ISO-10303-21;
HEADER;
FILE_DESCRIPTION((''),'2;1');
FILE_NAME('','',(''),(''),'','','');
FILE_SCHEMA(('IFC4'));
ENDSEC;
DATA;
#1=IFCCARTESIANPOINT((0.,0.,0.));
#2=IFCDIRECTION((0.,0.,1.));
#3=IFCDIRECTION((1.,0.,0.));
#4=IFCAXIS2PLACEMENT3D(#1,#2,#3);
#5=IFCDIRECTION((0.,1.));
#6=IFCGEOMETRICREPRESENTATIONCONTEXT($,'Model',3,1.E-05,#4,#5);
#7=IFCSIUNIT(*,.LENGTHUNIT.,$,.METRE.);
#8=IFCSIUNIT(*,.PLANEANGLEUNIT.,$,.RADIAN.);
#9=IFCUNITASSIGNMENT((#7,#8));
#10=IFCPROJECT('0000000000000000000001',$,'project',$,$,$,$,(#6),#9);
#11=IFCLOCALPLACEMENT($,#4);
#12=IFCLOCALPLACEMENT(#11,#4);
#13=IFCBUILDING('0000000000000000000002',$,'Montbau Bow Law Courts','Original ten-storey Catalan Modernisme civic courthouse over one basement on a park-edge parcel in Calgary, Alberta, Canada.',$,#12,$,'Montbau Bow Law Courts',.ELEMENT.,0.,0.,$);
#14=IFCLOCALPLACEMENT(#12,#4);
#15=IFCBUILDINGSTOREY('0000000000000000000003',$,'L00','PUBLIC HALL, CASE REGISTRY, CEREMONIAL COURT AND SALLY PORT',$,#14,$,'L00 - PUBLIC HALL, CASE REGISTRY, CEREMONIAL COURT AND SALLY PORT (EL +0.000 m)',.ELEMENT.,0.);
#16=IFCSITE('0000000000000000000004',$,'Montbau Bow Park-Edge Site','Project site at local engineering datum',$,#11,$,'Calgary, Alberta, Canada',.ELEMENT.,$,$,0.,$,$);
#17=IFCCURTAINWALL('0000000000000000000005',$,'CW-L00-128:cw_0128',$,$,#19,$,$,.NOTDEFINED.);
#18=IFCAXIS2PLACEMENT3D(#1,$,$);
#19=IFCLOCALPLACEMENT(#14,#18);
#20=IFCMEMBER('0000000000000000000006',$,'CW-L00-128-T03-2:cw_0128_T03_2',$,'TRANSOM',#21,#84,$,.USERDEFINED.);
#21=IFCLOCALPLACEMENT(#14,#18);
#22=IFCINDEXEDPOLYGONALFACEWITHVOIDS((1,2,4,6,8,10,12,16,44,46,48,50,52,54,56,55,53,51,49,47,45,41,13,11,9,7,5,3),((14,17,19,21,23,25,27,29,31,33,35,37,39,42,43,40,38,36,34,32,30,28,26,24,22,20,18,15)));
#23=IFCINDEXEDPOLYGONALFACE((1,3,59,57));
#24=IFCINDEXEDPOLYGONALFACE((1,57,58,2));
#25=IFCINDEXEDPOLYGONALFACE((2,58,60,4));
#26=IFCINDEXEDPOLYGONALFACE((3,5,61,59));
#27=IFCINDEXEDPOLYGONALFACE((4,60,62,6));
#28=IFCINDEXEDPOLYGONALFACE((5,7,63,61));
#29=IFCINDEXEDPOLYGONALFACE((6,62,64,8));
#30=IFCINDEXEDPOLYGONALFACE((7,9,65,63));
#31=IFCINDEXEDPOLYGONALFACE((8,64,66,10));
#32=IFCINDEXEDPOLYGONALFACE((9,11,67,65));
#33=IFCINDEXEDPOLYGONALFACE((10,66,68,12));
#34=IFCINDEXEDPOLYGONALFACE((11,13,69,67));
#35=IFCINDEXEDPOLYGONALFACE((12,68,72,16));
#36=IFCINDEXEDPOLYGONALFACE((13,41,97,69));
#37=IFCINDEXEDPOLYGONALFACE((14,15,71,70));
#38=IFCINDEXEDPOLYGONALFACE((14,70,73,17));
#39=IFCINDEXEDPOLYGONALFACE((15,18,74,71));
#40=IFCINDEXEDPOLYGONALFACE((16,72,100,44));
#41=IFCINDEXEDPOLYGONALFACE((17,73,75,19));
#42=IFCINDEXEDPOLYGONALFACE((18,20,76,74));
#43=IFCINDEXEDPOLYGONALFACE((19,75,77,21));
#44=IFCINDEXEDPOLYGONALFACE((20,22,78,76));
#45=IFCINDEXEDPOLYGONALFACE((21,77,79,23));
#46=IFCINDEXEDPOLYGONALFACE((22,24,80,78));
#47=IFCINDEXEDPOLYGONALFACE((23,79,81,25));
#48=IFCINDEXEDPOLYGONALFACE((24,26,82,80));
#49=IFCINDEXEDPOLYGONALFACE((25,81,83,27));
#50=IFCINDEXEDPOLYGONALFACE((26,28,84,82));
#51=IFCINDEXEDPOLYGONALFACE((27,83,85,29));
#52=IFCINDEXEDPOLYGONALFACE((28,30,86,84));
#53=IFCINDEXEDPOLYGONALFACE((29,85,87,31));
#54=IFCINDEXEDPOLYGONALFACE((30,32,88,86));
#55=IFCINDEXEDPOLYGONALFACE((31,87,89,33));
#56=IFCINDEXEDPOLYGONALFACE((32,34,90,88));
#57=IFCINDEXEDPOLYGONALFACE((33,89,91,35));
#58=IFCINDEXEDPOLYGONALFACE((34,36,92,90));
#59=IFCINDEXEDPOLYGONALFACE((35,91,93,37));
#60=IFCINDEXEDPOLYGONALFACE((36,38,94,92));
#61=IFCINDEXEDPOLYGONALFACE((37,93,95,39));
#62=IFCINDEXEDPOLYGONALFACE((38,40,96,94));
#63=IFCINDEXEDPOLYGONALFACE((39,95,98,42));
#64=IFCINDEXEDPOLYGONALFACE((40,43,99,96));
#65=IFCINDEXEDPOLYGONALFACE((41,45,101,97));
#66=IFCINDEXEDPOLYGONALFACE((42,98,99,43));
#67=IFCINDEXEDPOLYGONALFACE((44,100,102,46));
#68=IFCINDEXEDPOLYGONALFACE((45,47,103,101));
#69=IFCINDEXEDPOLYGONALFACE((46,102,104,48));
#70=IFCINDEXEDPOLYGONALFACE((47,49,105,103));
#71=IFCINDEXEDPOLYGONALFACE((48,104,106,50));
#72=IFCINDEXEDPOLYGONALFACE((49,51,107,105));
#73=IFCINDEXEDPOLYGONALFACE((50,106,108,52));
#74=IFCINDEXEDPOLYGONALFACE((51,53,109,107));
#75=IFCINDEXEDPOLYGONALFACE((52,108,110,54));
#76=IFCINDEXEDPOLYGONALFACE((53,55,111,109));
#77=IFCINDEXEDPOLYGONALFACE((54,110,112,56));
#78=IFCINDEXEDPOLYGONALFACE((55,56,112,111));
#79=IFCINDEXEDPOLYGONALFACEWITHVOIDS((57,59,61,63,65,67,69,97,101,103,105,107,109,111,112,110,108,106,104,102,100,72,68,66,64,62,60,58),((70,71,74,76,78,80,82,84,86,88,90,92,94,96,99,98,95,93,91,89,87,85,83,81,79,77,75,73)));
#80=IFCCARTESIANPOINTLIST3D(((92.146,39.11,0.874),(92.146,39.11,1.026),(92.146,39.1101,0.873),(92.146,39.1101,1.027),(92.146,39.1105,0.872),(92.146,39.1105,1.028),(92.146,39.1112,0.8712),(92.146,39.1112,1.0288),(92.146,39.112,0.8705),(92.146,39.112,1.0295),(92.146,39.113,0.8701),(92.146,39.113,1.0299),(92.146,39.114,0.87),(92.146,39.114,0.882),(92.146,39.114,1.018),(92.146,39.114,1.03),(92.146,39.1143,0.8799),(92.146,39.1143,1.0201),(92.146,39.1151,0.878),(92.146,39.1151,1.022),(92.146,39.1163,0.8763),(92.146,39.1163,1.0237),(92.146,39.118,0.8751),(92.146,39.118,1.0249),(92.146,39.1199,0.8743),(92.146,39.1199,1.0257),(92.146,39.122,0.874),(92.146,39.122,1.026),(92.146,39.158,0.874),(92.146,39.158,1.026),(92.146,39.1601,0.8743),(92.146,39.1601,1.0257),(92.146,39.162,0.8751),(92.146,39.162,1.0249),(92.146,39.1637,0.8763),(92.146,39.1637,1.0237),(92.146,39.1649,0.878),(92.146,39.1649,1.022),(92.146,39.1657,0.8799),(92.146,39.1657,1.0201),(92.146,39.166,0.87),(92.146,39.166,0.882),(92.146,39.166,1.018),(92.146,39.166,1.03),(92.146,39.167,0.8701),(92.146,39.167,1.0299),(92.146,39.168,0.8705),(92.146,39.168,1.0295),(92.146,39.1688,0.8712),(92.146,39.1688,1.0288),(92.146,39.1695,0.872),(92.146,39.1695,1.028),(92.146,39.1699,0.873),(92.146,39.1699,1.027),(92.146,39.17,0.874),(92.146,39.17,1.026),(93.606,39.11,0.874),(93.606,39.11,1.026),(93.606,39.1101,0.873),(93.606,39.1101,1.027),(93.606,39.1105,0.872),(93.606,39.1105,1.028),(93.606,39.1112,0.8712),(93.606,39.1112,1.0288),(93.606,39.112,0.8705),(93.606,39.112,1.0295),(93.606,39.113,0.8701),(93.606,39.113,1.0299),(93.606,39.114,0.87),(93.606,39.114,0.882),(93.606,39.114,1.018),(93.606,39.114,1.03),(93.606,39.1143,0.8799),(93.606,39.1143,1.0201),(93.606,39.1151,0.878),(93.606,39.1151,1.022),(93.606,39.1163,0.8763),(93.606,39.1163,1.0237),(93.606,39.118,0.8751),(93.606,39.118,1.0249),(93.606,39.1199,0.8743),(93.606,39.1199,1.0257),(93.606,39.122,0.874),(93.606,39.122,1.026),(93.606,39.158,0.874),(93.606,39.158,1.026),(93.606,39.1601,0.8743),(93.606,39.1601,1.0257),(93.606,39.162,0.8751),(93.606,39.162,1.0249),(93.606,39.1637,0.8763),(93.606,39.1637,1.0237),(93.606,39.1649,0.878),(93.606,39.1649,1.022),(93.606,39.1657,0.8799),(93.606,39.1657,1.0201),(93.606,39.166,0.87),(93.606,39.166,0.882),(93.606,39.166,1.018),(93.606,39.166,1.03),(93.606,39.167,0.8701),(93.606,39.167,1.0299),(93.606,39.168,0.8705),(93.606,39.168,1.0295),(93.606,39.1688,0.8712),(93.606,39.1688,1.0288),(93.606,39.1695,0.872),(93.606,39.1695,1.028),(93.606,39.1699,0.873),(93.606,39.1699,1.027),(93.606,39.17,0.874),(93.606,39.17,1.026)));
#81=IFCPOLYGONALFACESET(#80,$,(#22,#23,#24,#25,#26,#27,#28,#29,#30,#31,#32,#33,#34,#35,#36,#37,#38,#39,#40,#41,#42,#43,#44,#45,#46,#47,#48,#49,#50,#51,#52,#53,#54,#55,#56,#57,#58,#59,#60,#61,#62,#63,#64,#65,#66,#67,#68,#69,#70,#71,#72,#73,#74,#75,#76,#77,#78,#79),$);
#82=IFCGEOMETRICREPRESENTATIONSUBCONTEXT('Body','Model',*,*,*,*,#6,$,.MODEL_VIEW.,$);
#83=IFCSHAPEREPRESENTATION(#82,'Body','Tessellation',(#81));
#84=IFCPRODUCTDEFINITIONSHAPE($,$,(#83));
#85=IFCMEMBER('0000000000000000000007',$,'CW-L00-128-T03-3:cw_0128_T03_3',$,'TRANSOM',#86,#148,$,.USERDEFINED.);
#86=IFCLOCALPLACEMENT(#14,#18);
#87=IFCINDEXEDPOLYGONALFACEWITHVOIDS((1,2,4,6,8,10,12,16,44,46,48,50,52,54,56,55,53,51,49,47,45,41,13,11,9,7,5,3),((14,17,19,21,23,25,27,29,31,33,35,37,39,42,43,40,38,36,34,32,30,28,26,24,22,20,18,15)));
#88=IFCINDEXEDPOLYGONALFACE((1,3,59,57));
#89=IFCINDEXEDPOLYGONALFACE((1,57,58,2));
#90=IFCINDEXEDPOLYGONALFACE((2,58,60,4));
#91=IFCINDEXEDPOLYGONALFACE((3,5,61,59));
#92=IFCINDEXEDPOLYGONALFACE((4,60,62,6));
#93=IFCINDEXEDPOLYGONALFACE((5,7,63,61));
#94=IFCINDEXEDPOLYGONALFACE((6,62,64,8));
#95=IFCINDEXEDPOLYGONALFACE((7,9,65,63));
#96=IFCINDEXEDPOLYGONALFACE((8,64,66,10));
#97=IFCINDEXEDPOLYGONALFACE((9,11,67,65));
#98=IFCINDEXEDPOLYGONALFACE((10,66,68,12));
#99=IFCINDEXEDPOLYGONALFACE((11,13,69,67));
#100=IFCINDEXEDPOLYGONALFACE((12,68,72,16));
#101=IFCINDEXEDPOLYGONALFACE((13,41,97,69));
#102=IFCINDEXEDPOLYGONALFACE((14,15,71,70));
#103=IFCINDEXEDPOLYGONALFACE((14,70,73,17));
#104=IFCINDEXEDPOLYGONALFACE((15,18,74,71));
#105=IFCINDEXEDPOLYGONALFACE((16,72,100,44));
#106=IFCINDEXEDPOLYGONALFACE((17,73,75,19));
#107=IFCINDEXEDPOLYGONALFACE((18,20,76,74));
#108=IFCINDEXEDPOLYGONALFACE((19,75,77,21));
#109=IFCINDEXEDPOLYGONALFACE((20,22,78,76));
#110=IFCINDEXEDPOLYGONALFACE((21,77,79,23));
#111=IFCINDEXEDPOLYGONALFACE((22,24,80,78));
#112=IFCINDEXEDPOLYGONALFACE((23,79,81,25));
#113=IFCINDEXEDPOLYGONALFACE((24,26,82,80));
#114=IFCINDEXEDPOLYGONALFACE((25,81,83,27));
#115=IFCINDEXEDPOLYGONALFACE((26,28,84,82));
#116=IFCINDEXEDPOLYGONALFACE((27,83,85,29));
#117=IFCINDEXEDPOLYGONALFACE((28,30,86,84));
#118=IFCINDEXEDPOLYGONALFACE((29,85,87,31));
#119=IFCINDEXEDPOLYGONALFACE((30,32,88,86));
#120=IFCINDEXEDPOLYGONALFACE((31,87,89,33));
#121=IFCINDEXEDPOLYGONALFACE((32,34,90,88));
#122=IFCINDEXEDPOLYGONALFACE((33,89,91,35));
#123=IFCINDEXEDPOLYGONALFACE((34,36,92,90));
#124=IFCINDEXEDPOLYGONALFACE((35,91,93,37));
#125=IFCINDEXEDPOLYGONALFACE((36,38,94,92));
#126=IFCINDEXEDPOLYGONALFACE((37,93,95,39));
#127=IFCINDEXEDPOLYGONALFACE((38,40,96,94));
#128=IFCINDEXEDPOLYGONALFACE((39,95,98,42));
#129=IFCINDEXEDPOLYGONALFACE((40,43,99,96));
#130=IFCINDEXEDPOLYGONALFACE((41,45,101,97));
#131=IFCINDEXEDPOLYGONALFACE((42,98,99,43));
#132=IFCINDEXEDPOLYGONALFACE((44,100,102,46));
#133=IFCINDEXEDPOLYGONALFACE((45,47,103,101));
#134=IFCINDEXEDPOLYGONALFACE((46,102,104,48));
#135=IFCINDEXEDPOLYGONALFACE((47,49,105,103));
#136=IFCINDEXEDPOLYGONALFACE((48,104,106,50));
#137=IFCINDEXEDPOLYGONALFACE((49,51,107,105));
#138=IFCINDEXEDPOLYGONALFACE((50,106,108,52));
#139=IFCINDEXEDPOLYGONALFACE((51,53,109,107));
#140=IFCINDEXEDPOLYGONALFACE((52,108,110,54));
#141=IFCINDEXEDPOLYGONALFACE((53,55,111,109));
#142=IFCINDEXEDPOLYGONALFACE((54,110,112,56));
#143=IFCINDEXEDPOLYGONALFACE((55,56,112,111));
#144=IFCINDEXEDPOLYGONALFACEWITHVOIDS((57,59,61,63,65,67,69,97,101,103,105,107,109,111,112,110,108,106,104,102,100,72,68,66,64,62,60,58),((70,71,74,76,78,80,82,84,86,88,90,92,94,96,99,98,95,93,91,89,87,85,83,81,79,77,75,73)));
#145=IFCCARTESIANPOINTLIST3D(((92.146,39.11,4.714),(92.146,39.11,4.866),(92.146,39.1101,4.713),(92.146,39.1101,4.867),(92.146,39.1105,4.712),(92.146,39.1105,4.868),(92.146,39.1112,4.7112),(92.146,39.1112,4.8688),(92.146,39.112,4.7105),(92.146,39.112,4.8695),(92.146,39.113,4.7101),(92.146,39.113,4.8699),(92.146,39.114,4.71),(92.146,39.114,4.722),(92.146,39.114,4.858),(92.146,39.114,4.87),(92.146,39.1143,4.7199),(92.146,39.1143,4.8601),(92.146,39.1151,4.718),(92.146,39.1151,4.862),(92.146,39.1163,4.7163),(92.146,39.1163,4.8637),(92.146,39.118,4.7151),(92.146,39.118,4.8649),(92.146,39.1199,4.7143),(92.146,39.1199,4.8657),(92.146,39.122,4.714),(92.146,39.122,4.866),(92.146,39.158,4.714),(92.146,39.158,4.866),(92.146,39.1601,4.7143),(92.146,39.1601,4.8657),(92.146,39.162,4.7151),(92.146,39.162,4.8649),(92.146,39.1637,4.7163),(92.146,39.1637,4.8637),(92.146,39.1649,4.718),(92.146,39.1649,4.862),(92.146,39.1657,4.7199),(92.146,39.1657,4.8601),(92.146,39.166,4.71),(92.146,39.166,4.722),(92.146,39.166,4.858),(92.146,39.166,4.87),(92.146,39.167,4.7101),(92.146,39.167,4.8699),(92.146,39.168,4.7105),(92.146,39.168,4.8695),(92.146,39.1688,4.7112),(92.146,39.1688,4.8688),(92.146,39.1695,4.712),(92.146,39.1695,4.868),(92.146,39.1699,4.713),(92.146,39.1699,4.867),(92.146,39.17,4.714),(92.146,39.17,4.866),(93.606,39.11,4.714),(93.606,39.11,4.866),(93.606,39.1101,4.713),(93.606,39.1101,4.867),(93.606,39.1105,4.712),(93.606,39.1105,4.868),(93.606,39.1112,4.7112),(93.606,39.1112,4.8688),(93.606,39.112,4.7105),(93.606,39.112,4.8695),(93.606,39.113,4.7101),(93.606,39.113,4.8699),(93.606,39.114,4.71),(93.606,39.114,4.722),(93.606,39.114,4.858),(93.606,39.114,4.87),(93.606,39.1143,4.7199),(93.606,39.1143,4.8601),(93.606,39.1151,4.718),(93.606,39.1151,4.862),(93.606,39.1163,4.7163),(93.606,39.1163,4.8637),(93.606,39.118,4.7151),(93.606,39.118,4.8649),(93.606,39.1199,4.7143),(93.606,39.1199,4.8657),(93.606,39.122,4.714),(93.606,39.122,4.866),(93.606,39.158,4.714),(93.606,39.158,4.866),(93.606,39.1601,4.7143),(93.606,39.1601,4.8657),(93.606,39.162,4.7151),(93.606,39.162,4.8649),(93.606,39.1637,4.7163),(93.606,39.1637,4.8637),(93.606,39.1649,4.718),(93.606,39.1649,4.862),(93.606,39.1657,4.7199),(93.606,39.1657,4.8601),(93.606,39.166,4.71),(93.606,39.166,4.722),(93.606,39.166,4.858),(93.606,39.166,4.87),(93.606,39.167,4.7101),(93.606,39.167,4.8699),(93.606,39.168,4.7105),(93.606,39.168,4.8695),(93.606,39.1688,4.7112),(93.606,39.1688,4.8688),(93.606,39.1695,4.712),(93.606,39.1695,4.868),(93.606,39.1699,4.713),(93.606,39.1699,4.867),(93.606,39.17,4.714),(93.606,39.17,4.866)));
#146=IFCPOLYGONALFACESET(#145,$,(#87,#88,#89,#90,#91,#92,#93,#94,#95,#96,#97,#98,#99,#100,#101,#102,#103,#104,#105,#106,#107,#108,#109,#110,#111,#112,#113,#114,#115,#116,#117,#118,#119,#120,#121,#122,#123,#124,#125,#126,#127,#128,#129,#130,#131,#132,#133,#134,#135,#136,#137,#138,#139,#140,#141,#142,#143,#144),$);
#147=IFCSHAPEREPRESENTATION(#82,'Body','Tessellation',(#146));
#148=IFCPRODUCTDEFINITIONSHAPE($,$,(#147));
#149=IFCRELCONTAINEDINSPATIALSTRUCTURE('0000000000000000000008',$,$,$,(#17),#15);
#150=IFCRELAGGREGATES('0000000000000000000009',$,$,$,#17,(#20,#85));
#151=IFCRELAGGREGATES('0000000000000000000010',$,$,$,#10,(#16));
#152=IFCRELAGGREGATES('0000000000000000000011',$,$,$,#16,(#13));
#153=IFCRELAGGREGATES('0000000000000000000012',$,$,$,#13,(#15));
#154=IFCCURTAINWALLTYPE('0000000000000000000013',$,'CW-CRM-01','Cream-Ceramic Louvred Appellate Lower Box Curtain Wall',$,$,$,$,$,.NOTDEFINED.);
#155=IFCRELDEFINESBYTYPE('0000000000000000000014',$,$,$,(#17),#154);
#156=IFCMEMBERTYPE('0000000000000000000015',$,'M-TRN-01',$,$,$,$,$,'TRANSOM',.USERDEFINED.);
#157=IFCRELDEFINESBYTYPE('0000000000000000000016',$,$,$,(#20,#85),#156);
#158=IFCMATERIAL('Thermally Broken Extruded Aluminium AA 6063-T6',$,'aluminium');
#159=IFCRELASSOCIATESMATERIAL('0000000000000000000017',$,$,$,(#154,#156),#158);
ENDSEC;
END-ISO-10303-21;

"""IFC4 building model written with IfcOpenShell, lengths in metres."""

from ifc_helpers import new_model, si_unit, direction, frame, origin_with_axes, origin_2d_with_axis, place, context, subcontext, project, spatial, hollow_rectangle, extrude, material, material_profile, profile_set, type_object, element, aggregate, save


model = new_model("IFC4")

# Units and contexts
model_context = context("Model", 3, precision=1e-05, world=origin_with_axes(), true_north=direction((0.0, 1.0)))
body_context = subcontext(model_context, "Body", "Model", "MODEL_VIEW")
ifc_project = project(units=[si_unit("LENGTHUNIT", "METRE"), si_unit("PLANEANGLEUNIT", "RADIAN")], contexts=[model_context])

# Site, building, storey
site_placement = place(None, origin_with_axes())
site = spatial("IfcSite", under=ifc_project, at=site_placement, Name="Montbau Bow Park-Edge Site", Description="Project site at local engineering datum", LongName="Calgary, Alberta, Canada", CompositionType="ELEMENT", RefElevation=0.0)
building_placement = place(site_placement, origin_with_axes())
building = spatial("IfcBuilding", under=site, at=building_placement, Name="Montbau Bow Law Courts", Description="Original ten-storey Catalan Modernisme civic courthouse over one basement on a park-edge parcel in Calgary, Alberta, Canada.", LongName="Montbau Bow Law Courts", CompositionType="ELEMENT", ElevationOfRefHeight=0.0, ElevationOfTerrain=0.0)
storey_placement = place(building_placement, origin_with_axes())
storey = spatial("IfcBuildingStorey", under=building, at=storey_placement, Name="L00", Description="PUBLIC HALL, CASE REGISTRY, CEREMONIAL COURT AND SALLY PORT", LongName="L00 - PUBLIC HALL, CASE REGISTRY, CEREMONIAL COURT AND SALLY PORT (EL +0.000 m)", CompositionType="ELEMENT", Elevation=0.0)

# Curtain wall, members
ifc_material_1 = material(Name="Thermally Broken Extruded Aluminium AA 6063-T6", Category="aluminium")
curtain_wall_type = type_object("IfcCurtainWallType", Name="CW-CRM-01", Description="Cream-Ceramic Louvred Appellate Lower Box Curtain Wall", PredefinedType="NOTDEFINED", material=ifc_material_1)
curtain_wall_placement = place(None, frame((89.067, 39.14, 0.0), z_axis=(0.0, 0.0, 1.0), x_axis=(1.0, 0.0, 0.0)))
curtain_wall = element("IfcCurtainWall", 1, at=curtain_wall_placement, inside=storey, type_object=curtain_wall_type, Name="CW-L00-128:cw_0128", PredefinedType="NOTDEFINED")
ifc_material_profile_1 = material_profile(ifc_material_1, hollow_rectangle(XDim=0.06, YDim=0.16, WallThickness=0.004, InnerFilletRadius=0.008, OuterFilletRadius=0.004, at=origin_2d_with_axis()), Name="CWT-160X60", Category="Main", Priority=0)
ifc_profile_set_1 = profile_set([ifc_material_profile_1], Name="Thermally Broken Extruded Aluminium AA 6063-T6")
member_type_1 = type_object("IfcMemberType", Name="M-TRN-01", ElementType="TRANSOM", PredefinedType="USERDEFINED", material=ifc_profile_set_1)
member_1_placement = place(None, frame((92.146, 39.14, 0.95), z_axis=(1.0, 0.0, 0.0), x_axis=(0.0, 1.0, 0.0)))
member_1 = element("IfcMember", 2, at=member_1_placement, type_object=member_type_1, Name="CW-L00-128-T03-2:cw_0128_T03_2", ObjectType="TRANSOM", PredefinedType="USERDEFINED", context=body_context, shape_type="SweptSolid", body=[
    extrude(hollow_rectangle(XDim=0.06, YDim=0.16, WallThickness=0.004, InnerFilletRadius=0.008, OuterFilletRadius=0.004, at=origin_2d_with_axis()), origin_with_axes(), (0.0, 0.0, 1.0), 1.46),
])
member_2_placement = place(None, frame((92.146, 39.14, 4.79), z_axis=(1.0, 0.0, 0.0), x_axis=(0.0, 1.0, 0.0)))
member_2 = element("IfcMember", 3, at=member_2_placement, type_object=member_type_1, Name="CW-L00-128-T03-3:cw_0128_T03_3", ObjectType="TRANSOM", PredefinedType="USERDEFINED", context=body_context, shape_type="SweptSolid", body=[
    extrude(hollow_rectangle(XDim=0.06, YDim=0.16, WallThickness=0.004, InnerFilletRadius=0.008, OuterFilletRadius=0.004, at=origin_2d_with_axis()), origin_with_axes(), (0.0, 0.0, 1.0), 1.46),
])
aggregate(curtain_wall, [member_1, member_2])

save(model, "model.ifc")
